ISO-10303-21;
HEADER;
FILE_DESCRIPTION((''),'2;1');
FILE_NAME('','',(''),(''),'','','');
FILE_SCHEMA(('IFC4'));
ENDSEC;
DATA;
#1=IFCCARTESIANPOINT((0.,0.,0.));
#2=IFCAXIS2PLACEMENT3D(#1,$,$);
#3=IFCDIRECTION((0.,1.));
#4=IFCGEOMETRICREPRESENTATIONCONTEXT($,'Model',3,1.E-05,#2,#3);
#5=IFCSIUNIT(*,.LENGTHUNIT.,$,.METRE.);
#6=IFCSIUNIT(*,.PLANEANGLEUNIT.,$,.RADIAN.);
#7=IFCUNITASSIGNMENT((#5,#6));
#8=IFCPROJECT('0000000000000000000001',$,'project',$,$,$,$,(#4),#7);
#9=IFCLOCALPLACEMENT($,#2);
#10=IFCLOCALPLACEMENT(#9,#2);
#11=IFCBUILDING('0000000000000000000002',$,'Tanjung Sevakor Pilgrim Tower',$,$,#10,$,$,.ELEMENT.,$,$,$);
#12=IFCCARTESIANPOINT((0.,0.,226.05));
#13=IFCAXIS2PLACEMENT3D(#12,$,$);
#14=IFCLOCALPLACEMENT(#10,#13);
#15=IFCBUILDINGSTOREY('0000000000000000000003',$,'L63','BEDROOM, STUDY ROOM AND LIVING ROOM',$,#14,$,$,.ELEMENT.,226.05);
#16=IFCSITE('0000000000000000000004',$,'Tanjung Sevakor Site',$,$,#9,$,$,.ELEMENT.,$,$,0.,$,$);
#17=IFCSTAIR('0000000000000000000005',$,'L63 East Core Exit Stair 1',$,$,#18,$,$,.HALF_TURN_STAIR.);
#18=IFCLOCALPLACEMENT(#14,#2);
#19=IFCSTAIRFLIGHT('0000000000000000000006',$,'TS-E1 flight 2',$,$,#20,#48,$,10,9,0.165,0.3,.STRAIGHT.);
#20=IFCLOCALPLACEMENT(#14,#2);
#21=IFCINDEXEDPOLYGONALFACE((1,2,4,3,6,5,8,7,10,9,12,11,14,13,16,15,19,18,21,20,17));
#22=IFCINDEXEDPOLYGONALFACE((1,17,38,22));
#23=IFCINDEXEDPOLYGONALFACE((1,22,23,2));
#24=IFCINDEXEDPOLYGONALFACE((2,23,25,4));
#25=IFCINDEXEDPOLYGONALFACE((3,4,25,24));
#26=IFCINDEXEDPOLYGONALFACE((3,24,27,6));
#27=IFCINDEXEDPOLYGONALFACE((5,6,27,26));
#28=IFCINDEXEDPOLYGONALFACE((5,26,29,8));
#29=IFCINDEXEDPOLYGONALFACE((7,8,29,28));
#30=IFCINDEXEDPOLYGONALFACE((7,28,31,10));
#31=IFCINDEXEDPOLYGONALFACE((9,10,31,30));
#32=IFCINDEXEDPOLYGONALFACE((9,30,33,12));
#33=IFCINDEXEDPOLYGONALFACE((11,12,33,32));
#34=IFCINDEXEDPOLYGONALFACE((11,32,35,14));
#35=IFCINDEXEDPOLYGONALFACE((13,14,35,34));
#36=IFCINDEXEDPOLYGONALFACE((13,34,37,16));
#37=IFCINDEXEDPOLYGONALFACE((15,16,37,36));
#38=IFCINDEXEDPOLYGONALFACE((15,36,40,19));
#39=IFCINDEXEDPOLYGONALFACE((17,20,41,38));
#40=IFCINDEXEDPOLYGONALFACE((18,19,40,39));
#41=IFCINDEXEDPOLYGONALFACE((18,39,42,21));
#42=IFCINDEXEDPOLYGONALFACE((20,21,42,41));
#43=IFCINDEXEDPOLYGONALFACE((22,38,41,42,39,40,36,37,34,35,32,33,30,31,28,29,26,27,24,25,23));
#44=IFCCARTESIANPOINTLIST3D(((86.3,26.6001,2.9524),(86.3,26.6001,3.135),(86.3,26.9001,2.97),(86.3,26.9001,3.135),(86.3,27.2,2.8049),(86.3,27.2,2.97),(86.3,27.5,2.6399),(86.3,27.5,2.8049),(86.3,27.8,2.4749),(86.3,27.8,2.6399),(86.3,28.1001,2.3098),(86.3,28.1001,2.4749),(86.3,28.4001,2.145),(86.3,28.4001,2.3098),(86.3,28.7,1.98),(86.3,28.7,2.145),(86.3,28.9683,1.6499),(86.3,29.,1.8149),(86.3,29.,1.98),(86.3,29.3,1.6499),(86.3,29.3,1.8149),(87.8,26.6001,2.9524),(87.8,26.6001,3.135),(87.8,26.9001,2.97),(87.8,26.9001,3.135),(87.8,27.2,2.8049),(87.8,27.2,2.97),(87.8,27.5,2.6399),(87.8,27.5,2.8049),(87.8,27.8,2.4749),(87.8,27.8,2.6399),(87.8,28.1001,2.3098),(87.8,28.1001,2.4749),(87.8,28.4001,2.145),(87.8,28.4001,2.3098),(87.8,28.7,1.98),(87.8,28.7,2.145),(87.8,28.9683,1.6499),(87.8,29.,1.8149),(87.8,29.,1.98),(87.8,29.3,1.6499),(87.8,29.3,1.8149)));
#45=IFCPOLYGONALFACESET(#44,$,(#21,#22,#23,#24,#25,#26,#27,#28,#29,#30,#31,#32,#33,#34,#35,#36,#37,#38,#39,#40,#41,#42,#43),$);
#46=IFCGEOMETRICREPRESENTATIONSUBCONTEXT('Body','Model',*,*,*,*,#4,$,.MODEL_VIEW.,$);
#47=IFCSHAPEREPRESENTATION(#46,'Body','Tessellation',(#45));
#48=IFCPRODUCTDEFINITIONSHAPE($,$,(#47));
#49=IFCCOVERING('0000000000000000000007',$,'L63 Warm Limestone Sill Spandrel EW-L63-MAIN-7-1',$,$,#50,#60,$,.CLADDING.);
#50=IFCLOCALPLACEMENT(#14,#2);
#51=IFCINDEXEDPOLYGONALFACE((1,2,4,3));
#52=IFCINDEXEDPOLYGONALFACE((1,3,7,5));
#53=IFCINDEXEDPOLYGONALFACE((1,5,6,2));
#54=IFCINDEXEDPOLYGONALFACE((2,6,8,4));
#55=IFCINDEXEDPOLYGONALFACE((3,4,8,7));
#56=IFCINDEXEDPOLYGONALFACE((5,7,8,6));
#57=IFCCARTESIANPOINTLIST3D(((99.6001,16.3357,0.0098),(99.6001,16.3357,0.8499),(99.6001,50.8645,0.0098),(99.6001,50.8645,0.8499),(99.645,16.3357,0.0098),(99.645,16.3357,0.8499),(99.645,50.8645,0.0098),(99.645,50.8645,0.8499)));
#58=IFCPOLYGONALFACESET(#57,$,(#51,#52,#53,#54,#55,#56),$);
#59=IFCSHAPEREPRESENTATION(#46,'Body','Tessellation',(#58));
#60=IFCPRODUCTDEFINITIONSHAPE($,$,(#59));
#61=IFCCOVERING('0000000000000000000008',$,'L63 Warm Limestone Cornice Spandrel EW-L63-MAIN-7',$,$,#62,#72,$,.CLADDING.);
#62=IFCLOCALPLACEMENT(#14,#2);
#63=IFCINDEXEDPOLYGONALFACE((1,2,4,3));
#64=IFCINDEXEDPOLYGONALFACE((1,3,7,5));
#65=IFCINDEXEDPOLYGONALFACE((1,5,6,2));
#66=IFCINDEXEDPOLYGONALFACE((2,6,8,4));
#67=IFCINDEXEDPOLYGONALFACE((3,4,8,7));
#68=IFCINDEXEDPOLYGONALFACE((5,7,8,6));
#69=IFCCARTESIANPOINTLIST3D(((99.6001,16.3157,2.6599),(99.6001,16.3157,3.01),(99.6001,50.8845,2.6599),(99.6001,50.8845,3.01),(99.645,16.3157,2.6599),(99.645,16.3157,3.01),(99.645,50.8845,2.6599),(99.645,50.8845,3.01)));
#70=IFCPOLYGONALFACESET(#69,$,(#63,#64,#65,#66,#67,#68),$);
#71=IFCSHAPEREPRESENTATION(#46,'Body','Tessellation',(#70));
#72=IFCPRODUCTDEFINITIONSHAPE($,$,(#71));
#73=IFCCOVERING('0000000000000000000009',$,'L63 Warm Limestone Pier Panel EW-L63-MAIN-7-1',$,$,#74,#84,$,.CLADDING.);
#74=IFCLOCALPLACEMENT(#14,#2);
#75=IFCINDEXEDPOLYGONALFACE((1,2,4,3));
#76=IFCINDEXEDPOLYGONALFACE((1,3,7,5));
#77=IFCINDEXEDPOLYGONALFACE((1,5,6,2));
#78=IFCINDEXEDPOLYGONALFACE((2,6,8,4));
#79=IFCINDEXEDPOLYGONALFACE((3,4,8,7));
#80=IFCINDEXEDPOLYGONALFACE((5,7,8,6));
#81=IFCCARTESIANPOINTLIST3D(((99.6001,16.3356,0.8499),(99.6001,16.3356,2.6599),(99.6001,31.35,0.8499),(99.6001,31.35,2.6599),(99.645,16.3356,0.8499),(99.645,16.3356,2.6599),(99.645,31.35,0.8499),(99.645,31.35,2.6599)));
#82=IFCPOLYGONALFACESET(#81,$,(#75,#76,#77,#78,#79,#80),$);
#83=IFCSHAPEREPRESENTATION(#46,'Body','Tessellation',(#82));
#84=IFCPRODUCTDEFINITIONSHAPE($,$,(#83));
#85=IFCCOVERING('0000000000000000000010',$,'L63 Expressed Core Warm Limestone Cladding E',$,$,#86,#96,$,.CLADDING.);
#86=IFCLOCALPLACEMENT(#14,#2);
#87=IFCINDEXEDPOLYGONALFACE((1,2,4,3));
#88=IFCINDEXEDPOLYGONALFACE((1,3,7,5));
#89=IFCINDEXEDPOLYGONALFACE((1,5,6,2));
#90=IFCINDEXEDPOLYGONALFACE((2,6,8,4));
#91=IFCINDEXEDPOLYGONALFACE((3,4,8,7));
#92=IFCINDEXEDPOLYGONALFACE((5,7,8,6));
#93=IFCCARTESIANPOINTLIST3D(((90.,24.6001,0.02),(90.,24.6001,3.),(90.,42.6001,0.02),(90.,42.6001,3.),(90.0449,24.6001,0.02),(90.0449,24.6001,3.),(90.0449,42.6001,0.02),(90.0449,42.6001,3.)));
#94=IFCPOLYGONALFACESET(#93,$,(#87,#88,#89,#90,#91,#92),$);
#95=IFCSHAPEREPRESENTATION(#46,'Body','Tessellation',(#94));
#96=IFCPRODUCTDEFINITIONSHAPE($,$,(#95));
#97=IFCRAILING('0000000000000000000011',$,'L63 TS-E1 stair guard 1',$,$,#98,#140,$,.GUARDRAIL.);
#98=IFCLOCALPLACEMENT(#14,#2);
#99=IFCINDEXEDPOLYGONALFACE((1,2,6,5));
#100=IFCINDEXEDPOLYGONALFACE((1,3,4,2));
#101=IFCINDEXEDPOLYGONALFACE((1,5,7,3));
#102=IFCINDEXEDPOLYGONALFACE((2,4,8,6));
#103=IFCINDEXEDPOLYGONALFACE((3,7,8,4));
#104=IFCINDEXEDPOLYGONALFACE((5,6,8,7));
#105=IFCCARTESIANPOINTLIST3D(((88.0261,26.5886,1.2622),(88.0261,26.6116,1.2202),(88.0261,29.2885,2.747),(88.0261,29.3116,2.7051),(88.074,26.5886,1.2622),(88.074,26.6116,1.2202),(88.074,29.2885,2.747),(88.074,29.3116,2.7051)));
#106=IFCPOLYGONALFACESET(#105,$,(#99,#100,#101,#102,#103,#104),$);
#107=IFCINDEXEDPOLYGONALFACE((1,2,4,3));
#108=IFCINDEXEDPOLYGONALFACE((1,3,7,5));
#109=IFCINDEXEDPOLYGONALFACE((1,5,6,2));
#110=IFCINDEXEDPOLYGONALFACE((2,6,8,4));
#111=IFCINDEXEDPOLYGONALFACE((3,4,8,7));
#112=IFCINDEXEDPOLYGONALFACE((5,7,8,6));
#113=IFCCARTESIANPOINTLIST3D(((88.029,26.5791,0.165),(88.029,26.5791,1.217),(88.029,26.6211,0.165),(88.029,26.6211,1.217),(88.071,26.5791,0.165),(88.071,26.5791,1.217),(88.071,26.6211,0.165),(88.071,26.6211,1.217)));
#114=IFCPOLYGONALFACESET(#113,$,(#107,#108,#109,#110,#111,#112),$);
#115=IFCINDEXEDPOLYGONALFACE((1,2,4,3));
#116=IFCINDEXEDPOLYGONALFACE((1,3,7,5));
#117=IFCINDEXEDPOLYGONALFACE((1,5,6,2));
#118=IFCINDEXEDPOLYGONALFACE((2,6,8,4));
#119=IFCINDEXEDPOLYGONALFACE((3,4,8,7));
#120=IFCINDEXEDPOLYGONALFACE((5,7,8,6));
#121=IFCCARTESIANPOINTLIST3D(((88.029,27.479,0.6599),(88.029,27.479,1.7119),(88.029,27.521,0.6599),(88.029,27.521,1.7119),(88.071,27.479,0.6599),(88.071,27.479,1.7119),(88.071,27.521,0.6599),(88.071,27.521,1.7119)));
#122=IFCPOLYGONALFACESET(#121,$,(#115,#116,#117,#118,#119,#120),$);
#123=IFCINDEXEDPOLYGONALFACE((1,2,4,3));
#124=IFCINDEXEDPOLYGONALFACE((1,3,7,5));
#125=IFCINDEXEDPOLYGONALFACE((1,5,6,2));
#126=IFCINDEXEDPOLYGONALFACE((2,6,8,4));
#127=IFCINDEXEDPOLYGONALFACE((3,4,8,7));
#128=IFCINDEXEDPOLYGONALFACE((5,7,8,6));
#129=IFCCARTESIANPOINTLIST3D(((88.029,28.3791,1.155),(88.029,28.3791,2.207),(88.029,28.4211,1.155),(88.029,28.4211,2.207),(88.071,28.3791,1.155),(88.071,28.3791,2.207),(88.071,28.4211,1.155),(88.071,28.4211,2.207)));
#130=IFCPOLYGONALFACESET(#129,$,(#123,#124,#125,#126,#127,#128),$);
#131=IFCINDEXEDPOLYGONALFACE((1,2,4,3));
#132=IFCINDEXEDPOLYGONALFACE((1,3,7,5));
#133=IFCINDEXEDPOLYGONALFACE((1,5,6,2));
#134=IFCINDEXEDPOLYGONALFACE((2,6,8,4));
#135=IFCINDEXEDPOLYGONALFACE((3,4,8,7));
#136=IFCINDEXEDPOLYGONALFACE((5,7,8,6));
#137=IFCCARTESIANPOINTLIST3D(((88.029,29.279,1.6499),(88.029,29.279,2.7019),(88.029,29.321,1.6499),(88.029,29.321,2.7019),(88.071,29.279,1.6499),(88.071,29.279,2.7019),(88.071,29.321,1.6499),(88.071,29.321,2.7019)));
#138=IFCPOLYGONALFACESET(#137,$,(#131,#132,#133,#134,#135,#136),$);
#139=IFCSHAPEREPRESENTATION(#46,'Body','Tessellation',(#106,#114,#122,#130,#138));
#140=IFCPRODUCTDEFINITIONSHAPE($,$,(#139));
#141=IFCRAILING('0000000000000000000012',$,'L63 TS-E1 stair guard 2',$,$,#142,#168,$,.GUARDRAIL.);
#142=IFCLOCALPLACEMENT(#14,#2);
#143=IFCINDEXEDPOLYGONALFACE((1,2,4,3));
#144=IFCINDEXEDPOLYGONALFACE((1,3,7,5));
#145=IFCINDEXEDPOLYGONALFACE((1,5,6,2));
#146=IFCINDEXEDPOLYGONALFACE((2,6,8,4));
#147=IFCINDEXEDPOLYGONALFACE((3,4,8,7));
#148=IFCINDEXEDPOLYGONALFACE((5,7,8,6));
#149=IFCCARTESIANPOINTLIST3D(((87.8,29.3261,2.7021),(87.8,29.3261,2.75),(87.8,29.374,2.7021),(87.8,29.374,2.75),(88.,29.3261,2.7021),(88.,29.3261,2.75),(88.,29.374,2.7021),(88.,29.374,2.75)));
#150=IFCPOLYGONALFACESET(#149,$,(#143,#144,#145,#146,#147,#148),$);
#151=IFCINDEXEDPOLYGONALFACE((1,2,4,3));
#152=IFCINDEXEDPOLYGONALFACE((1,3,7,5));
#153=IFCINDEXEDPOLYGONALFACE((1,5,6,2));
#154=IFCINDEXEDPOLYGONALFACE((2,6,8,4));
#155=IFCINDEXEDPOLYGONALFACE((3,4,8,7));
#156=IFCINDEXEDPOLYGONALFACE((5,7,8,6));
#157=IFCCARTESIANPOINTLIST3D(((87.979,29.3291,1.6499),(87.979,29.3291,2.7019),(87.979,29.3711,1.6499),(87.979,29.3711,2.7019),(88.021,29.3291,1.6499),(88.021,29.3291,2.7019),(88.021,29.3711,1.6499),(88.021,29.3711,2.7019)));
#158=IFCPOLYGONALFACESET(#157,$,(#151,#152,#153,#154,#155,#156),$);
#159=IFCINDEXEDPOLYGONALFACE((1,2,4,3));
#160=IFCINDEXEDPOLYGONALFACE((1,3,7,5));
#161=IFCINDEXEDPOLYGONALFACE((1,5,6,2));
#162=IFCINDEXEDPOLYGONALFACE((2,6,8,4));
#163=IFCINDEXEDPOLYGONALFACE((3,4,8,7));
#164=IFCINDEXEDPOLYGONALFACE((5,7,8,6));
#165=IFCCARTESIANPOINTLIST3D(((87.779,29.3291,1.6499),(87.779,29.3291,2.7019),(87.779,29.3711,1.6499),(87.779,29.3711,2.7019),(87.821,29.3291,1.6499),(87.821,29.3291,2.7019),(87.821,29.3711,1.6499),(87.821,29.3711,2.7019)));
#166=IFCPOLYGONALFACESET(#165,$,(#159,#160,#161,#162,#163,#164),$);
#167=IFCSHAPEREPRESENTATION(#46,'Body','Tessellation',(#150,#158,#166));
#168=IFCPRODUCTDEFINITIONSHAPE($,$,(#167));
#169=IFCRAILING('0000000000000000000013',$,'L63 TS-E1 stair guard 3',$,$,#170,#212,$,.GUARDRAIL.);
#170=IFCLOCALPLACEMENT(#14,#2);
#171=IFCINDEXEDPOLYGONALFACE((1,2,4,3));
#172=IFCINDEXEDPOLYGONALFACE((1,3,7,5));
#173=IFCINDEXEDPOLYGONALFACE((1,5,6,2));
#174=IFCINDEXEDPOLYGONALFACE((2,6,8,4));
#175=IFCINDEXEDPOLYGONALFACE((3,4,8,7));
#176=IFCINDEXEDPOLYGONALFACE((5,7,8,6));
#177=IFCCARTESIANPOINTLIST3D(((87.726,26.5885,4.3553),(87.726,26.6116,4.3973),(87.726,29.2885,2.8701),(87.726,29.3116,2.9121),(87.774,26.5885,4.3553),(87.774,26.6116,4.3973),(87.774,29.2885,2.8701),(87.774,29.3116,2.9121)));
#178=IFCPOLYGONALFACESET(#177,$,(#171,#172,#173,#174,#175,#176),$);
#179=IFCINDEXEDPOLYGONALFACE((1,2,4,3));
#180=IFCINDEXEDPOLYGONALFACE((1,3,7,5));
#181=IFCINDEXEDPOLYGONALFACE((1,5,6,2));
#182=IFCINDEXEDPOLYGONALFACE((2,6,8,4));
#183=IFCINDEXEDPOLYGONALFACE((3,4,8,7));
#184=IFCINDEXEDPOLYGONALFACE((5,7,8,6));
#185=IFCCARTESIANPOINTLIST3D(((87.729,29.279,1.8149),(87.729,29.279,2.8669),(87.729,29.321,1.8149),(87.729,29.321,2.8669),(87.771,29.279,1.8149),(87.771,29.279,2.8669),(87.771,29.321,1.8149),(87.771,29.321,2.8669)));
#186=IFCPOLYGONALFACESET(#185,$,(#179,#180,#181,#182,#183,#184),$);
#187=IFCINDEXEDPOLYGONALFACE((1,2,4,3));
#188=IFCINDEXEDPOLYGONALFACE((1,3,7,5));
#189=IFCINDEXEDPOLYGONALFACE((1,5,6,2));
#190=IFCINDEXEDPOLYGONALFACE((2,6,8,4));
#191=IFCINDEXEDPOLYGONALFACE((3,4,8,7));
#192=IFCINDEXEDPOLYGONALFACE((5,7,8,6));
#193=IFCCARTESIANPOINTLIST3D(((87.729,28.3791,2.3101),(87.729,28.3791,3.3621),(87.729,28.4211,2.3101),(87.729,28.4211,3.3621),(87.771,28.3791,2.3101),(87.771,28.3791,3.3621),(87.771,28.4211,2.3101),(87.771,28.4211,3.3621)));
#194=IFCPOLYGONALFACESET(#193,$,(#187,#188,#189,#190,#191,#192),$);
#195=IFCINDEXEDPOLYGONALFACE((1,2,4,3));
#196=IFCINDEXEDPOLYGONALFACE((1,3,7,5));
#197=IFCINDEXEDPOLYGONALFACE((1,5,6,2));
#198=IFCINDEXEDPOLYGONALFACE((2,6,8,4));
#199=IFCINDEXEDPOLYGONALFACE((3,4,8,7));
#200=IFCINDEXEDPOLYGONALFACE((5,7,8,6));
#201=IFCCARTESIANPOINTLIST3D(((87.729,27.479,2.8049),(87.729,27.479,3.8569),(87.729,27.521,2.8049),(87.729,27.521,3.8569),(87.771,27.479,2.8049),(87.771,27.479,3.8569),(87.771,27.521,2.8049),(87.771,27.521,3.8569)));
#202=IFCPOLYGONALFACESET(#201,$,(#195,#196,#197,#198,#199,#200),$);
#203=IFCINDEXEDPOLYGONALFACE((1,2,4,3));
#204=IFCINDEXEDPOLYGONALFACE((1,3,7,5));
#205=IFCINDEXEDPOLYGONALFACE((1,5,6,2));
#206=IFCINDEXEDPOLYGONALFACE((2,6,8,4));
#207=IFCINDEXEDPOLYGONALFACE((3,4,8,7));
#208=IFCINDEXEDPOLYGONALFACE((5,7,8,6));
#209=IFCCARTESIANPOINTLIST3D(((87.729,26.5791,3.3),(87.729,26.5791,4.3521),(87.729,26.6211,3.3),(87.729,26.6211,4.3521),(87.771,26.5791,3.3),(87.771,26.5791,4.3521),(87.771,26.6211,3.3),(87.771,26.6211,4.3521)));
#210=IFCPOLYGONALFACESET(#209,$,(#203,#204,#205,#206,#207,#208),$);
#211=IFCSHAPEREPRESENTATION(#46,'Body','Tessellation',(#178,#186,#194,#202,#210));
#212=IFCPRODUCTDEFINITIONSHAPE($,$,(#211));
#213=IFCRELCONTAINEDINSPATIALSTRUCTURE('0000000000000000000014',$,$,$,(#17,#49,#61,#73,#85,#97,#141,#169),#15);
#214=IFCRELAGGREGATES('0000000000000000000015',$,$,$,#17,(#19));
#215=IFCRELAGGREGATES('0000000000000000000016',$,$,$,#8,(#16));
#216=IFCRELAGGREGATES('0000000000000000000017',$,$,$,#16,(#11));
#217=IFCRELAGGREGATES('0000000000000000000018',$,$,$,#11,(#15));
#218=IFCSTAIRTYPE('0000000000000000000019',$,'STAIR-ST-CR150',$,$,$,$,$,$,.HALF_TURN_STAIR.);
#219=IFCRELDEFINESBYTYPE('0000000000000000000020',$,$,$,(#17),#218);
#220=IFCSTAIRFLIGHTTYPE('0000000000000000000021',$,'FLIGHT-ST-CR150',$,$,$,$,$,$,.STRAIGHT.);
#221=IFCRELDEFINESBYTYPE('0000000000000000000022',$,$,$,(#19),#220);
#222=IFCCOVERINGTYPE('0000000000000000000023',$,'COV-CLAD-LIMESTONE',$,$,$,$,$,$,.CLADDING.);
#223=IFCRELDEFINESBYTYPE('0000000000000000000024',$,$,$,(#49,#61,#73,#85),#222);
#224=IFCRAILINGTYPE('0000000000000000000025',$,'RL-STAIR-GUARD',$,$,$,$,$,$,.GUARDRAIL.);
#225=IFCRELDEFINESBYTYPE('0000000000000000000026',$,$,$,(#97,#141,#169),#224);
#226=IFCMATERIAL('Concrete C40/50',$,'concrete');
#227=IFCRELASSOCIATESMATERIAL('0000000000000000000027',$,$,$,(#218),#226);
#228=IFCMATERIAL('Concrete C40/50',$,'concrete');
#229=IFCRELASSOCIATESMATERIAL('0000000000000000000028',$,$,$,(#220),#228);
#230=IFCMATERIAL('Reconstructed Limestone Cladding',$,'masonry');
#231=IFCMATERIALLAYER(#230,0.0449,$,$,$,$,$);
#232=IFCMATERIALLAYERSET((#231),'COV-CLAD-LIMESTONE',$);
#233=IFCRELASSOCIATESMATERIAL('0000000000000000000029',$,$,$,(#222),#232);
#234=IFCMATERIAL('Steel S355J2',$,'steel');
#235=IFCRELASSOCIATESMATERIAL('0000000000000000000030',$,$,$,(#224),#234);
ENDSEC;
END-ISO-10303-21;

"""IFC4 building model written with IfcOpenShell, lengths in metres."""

from ifc_helpers import new_model, si_unit, direction, frame, origin, origin_2d, place, context, subcontext, project, spatial, polyline, rectangle, outline, extrude, material, layer, layer_set, type_object, element, aggregate, save


model = new_model("IFC4")

# Units and contexts
model_context = context("Model", 3, precision=1e-05, world=origin(), true_north=direction((0.0, 1.0)))
body_context = subcontext(model_context, "Body", "Model", "MODEL_VIEW")
ifc_project = project(units=[si_unit("LENGTHUNIT", "METRE"), si_unit("PLANEANGLEUNIT", "RADIAN")], contexts=[model_context])

# Site, building, storey
site_placement = place(None, origin())
site = spatial("IfcSite", under=ifc_project, at=site_placement, Name="Tanjung Sevakor Site", CompositionType="ELEMENT", RefElevation=0.0)
building_placement = place(site_placement, origin())
building = spatial("IfcBuilding", under=site, at=building_placement, Name="Tanjung Sevakor Pilgrim Tower", CompositionType="ELEMENT")
storey_placement = place(building_placement, frame((0.0, 0.0, 226.05)))
storey = spatial("IfcBuildingStorey", under=building, at=storey_placement, Name="L63", Description="BEDROOM, STUDY ROOM AND LIVING ROOM", CompositionType="ELEMENT", Elevation=226.05)

# Stair, stair flight
ifc_material_1 = material(Name="Concrete C40/50", Category="concrete")
stair_type = type_object("IfcStairType", Name="STAIR-ST-CR150", PredefinedType="HALF_TURN_STAIR", material=ifc_material_1)
stair_placement = place(storey_placement, origin())
stair = element("IfcStair", 1, at=stair_placement, inside=storey, type_object=stair_type, Name="L63 East Core Exit Stair 1", PredefinedType="HALF_TURN_STAIR")
ifc_material_2 = material(Name="Concrete C40/50", Category="concrete")
stair_flight_type = type_object("IfcStairFlightType", Name="FLIGHT-ST-CR150", PredefinedType="STRAIGHT", material=ifc_material_2)
stair_flight_1_placement = place(storey_placement, frame((87.05, 29.3, 1.6499), z_axis=(0.0, 0.0, 1.0), x_axis=(0.0, -1.0, 0.0)))
stair_flight_1 = element("IfcStairFlight", 2, at=stair_flight_1_placement, type_object=stair_flight_type, Name="TS-E1 flight 2", NumberOfRisers=10, NumberOfTreads=9, PredefinedType="STRAIGHT", RiserHeight=0.165, TreadLength=0.3, context=body_context, shape_type="SweptSolid", body=[
    extrude(outline(polyline([(0.0, 0.0), (0.0, 0.165), (0.3, 0.165), (0.3, 0.3301), (0.6001, 0.3301), (0.6001, 0.4951), (0.8999, 0.4951), (0.8999, 0.6599), (1.2, 0.6599), (1.2, 0.825), (1.5, 0.825), (1.5, 0.99), (1.8, 0.99), (1.8, 1.155), (2.1001, 1.155), (2.1001, 1.3201), (2.3999, 1.3201), (2.3999, 1.4851), (2.7, 1.4851), (2.7, 1.6499), (2.7, 1.3025), (0.3318, 0.0), (0.0, 0.0)])), frame((0.0, 0.75, 0.0), z_axis=(0.0, -1.0, 0.0), x_axis=(1.0, 0.0, 0.0)), (0.0, 0.0, 1.0), 1.5),
])
aggregate(stair, [stair_flight_1])

# Coverings
ifc_material_3 = material(Name="Reconstructed Limestone Cladding", Category="masonry")
ifc_layer_1 = layer(ifc_material_3, 0.0449)
ifc_layer_set_1 = layer_set([ifc_layer_1], Name="COV-CLAD-LIMESTONE")
covering_type = type_object("IfcCoveringType", Name="COV-CLAD-LIMESTONE", PredefinedType="CLADDING", material=ifc_layer_set_1)
covering_1_placement = place(storey_placement, frame((99.6226, 33.6001, 0.0098), z_axis=(0.0, 0.0, 1.0), x_axis=(0.0, 1.0, 0.0)))
element("IfcCovering", 3, at=covering_1_placement, inside=storey, type_object=covering_type, Name="L63 Warm Limestone Sill Spandrel EW-L63-MAIN-7-1", PredefinedType="CLADDING", context=body_context, shape_type="SweptSolid", body=[
    extrude(rectangle(XDim=34.5288, YDim=0.0449, at=origin_2d()), origin(), (0.0, 0.0, 1.0), 0.8401),
])
covering_2_placement = place(storey_placement, frame((99.6226, 33.6001, 2.6599), z_axis=(0.0, 0.0, 1.0), x_axis=(0.0, 1.0, 0.0)))
element("IfcCovering", 4, at=covering_2_placement, inside=storey, type_object=covering_type, Name="L63 Warm Limestone Cornice Spandrel EW-L63-MAIN-7", PredefinedType="CLADDING", context=body_context, shape_type="SweptSolid", body=[
    extrude(rectangle(XDim=34.5688, YDim=0.0449, at=origin_2d()), origin(), (0.0, 0.0, 1.0), 0.3501),
])
covering_3_placement = place(storey_placement, frame((99.6226, 23.8428, 0.8499), z_axis=(0.0, 0.0, 1.0), x_axis=(0.0, 1.0, 0.0)))
element("IfcCovering", 5, at=covering_3_placement, inside=storey, type_object=covering_type, Name="L63 Warm Limestone Pier Panel EW-L63-MAIN-7-1", PredefinedType="CLADDING", context=body_context, shape_type="SweptSolid", body=[
    extrude(rectangle(XDim=15.0144, YDim=0.0449, at=origin_2d()), origin(), (0.0, 0.0, 1.0), 1.8101),
])
covering_4_placement = place(storey_placement, frame((90.0225, 33.6001, 0.02), z_axis=(0.0, 0.0, 1.0), x_axis=(1.0, 0.0, 0.0)))
element("IfcCovering", 6, at=covering_4_placement, inside=storey, type_object=covering_type, Name="L63 Expressed Core Warm Limestone Cladding E", PredefinedType="CLADDING", context=body_context, shape_type="SweptSolid", body=[
    extrude(rectangle(XDim=0.0449, YDim=18.0, at=origin_2d()), origin(), (0.0, 0.0, 1.0), 2.98),
])

# Railings
ifc_material_4 = material(Name="Steel S355J2", Category="steel")
railing_type_1 = type_object("IfcRailingType", Name="RL-STAIR-GUARD", PredefinedType="GUARDRAIL", material=ifc_material_4)
railing_1_placement = place(storey_placement, frame((88.05, 26.6001, 0.165)))
element("IfcRailing", 7, at=railing_1_placement, inside=storey, type_object=railing_type_1, Name="L63 TS-E1 stair guard 1", PredefinedType="GUARDRAIL", context=body_context, shape_type="SweptSolid", body=[
    extrude(rectangle(XDim=0.0479, YDim=0.0479), frame((0.0, 0.0, 1.0762), z_axis=(0.0, 0.876231, 0.481891), x_axis=(-1.0, 0.0, 0.0)), (0.0, 0.0, 1.0), 3.0813),
    extrude(rectangle(XDim=0.042, YDim=0.042), origin(), (0.0, 0.0, 1.0), 1.052),
    extrude(rectangle(XDim=0.042, YDim=0.042), frame((0.0, 0.8999, 0.4949)), (0.0, 0.0, 1.0), 1.052),
    extrude(rectangle(XDim=0.042, YDim=0.042), frame((0.0, 1.8, 0.99)), (0.0, 0.0, 1.0), 1.052),
    extrude(rectangle(XDim=0.042, YDim=0.042), frame((0.0, 2.7, 1.4849)), (0.0, 0.0, 1.0), 1.052),
])
railing_2_placement = place(storey_placement, frame((88.0, 29.3501, 1.6499)))
element("IfcRailing", 8, at=railing_2_placement, inside=storey, type_object=railing_type_1, Name="L63 TS-E1 stair guard 2", PredefinedType="GUARDRAIL", context=body_context, shape_type="SweptSolid", body=[
    extrude(rectangle(XDim=0.0479, YDim=0.0479), frame((0.0, 0.0, 1.0762), z_axis=(-1.0, 0.0, 0.0), x_axis=(0.0, -1.0, 0.0)), (0.0, 0.0, 1.0), 0.2),
    extrude(rectangle(XDim=0.042, YDim=0.042), origin(), (0.0, 0.0, 1.0), 1.052),
    extrude(rectangle(XDim=0.042, YDim=0.042), frame((-0.2, 0.0, 0.0)), (0.0, 0.0, 1.0), 1.052),
])
railing_3_placement = place(storey_placement, frame((87.75, 29.3, 1.8149)))
element("IfcRailing", 9, at=railing_3_placement, inside=storey, type_object=railing_type_1, Name="L63 TS-E1 stair guard 3", PredefinedType="GUARDRAIL", context=body_context, shape_type="SweptSolid", body=[
    extrude(rectangle(XDim=0.0479, YDim=0.0479), frame((0.0, 0.0, 1.0762), z_axis=(0.0, -0.876198, 0.481952), x_axis=(1.0, 0.0, 0.0)), (0.0, 0.0, 1.0), 3.0815),
    extrude(rectangle(XDim=0.042, YDim=0.042), origin(), (0.0, 0.0, 1.0), 1.052),
    extrude(rectangle(XDim=0.042, YDim=0.042), frame((0.0, -0.8999, 0.4951)), (0.0, 0.0, 1.0), 1.052),
    extrude(rectangle(XDim=0.042, YDim=0.042), frame((0.0, -1.8, 0.99)), (0.0, 0.0, 1.0), 1.052),
    extrude(rectangle(XDim=0.042, YDim=0.042), frame((0.0, -2.7, 1.4851)), (0.0, 0.0, 1.0), 1.052),
])

save(model, "model.ifc")
